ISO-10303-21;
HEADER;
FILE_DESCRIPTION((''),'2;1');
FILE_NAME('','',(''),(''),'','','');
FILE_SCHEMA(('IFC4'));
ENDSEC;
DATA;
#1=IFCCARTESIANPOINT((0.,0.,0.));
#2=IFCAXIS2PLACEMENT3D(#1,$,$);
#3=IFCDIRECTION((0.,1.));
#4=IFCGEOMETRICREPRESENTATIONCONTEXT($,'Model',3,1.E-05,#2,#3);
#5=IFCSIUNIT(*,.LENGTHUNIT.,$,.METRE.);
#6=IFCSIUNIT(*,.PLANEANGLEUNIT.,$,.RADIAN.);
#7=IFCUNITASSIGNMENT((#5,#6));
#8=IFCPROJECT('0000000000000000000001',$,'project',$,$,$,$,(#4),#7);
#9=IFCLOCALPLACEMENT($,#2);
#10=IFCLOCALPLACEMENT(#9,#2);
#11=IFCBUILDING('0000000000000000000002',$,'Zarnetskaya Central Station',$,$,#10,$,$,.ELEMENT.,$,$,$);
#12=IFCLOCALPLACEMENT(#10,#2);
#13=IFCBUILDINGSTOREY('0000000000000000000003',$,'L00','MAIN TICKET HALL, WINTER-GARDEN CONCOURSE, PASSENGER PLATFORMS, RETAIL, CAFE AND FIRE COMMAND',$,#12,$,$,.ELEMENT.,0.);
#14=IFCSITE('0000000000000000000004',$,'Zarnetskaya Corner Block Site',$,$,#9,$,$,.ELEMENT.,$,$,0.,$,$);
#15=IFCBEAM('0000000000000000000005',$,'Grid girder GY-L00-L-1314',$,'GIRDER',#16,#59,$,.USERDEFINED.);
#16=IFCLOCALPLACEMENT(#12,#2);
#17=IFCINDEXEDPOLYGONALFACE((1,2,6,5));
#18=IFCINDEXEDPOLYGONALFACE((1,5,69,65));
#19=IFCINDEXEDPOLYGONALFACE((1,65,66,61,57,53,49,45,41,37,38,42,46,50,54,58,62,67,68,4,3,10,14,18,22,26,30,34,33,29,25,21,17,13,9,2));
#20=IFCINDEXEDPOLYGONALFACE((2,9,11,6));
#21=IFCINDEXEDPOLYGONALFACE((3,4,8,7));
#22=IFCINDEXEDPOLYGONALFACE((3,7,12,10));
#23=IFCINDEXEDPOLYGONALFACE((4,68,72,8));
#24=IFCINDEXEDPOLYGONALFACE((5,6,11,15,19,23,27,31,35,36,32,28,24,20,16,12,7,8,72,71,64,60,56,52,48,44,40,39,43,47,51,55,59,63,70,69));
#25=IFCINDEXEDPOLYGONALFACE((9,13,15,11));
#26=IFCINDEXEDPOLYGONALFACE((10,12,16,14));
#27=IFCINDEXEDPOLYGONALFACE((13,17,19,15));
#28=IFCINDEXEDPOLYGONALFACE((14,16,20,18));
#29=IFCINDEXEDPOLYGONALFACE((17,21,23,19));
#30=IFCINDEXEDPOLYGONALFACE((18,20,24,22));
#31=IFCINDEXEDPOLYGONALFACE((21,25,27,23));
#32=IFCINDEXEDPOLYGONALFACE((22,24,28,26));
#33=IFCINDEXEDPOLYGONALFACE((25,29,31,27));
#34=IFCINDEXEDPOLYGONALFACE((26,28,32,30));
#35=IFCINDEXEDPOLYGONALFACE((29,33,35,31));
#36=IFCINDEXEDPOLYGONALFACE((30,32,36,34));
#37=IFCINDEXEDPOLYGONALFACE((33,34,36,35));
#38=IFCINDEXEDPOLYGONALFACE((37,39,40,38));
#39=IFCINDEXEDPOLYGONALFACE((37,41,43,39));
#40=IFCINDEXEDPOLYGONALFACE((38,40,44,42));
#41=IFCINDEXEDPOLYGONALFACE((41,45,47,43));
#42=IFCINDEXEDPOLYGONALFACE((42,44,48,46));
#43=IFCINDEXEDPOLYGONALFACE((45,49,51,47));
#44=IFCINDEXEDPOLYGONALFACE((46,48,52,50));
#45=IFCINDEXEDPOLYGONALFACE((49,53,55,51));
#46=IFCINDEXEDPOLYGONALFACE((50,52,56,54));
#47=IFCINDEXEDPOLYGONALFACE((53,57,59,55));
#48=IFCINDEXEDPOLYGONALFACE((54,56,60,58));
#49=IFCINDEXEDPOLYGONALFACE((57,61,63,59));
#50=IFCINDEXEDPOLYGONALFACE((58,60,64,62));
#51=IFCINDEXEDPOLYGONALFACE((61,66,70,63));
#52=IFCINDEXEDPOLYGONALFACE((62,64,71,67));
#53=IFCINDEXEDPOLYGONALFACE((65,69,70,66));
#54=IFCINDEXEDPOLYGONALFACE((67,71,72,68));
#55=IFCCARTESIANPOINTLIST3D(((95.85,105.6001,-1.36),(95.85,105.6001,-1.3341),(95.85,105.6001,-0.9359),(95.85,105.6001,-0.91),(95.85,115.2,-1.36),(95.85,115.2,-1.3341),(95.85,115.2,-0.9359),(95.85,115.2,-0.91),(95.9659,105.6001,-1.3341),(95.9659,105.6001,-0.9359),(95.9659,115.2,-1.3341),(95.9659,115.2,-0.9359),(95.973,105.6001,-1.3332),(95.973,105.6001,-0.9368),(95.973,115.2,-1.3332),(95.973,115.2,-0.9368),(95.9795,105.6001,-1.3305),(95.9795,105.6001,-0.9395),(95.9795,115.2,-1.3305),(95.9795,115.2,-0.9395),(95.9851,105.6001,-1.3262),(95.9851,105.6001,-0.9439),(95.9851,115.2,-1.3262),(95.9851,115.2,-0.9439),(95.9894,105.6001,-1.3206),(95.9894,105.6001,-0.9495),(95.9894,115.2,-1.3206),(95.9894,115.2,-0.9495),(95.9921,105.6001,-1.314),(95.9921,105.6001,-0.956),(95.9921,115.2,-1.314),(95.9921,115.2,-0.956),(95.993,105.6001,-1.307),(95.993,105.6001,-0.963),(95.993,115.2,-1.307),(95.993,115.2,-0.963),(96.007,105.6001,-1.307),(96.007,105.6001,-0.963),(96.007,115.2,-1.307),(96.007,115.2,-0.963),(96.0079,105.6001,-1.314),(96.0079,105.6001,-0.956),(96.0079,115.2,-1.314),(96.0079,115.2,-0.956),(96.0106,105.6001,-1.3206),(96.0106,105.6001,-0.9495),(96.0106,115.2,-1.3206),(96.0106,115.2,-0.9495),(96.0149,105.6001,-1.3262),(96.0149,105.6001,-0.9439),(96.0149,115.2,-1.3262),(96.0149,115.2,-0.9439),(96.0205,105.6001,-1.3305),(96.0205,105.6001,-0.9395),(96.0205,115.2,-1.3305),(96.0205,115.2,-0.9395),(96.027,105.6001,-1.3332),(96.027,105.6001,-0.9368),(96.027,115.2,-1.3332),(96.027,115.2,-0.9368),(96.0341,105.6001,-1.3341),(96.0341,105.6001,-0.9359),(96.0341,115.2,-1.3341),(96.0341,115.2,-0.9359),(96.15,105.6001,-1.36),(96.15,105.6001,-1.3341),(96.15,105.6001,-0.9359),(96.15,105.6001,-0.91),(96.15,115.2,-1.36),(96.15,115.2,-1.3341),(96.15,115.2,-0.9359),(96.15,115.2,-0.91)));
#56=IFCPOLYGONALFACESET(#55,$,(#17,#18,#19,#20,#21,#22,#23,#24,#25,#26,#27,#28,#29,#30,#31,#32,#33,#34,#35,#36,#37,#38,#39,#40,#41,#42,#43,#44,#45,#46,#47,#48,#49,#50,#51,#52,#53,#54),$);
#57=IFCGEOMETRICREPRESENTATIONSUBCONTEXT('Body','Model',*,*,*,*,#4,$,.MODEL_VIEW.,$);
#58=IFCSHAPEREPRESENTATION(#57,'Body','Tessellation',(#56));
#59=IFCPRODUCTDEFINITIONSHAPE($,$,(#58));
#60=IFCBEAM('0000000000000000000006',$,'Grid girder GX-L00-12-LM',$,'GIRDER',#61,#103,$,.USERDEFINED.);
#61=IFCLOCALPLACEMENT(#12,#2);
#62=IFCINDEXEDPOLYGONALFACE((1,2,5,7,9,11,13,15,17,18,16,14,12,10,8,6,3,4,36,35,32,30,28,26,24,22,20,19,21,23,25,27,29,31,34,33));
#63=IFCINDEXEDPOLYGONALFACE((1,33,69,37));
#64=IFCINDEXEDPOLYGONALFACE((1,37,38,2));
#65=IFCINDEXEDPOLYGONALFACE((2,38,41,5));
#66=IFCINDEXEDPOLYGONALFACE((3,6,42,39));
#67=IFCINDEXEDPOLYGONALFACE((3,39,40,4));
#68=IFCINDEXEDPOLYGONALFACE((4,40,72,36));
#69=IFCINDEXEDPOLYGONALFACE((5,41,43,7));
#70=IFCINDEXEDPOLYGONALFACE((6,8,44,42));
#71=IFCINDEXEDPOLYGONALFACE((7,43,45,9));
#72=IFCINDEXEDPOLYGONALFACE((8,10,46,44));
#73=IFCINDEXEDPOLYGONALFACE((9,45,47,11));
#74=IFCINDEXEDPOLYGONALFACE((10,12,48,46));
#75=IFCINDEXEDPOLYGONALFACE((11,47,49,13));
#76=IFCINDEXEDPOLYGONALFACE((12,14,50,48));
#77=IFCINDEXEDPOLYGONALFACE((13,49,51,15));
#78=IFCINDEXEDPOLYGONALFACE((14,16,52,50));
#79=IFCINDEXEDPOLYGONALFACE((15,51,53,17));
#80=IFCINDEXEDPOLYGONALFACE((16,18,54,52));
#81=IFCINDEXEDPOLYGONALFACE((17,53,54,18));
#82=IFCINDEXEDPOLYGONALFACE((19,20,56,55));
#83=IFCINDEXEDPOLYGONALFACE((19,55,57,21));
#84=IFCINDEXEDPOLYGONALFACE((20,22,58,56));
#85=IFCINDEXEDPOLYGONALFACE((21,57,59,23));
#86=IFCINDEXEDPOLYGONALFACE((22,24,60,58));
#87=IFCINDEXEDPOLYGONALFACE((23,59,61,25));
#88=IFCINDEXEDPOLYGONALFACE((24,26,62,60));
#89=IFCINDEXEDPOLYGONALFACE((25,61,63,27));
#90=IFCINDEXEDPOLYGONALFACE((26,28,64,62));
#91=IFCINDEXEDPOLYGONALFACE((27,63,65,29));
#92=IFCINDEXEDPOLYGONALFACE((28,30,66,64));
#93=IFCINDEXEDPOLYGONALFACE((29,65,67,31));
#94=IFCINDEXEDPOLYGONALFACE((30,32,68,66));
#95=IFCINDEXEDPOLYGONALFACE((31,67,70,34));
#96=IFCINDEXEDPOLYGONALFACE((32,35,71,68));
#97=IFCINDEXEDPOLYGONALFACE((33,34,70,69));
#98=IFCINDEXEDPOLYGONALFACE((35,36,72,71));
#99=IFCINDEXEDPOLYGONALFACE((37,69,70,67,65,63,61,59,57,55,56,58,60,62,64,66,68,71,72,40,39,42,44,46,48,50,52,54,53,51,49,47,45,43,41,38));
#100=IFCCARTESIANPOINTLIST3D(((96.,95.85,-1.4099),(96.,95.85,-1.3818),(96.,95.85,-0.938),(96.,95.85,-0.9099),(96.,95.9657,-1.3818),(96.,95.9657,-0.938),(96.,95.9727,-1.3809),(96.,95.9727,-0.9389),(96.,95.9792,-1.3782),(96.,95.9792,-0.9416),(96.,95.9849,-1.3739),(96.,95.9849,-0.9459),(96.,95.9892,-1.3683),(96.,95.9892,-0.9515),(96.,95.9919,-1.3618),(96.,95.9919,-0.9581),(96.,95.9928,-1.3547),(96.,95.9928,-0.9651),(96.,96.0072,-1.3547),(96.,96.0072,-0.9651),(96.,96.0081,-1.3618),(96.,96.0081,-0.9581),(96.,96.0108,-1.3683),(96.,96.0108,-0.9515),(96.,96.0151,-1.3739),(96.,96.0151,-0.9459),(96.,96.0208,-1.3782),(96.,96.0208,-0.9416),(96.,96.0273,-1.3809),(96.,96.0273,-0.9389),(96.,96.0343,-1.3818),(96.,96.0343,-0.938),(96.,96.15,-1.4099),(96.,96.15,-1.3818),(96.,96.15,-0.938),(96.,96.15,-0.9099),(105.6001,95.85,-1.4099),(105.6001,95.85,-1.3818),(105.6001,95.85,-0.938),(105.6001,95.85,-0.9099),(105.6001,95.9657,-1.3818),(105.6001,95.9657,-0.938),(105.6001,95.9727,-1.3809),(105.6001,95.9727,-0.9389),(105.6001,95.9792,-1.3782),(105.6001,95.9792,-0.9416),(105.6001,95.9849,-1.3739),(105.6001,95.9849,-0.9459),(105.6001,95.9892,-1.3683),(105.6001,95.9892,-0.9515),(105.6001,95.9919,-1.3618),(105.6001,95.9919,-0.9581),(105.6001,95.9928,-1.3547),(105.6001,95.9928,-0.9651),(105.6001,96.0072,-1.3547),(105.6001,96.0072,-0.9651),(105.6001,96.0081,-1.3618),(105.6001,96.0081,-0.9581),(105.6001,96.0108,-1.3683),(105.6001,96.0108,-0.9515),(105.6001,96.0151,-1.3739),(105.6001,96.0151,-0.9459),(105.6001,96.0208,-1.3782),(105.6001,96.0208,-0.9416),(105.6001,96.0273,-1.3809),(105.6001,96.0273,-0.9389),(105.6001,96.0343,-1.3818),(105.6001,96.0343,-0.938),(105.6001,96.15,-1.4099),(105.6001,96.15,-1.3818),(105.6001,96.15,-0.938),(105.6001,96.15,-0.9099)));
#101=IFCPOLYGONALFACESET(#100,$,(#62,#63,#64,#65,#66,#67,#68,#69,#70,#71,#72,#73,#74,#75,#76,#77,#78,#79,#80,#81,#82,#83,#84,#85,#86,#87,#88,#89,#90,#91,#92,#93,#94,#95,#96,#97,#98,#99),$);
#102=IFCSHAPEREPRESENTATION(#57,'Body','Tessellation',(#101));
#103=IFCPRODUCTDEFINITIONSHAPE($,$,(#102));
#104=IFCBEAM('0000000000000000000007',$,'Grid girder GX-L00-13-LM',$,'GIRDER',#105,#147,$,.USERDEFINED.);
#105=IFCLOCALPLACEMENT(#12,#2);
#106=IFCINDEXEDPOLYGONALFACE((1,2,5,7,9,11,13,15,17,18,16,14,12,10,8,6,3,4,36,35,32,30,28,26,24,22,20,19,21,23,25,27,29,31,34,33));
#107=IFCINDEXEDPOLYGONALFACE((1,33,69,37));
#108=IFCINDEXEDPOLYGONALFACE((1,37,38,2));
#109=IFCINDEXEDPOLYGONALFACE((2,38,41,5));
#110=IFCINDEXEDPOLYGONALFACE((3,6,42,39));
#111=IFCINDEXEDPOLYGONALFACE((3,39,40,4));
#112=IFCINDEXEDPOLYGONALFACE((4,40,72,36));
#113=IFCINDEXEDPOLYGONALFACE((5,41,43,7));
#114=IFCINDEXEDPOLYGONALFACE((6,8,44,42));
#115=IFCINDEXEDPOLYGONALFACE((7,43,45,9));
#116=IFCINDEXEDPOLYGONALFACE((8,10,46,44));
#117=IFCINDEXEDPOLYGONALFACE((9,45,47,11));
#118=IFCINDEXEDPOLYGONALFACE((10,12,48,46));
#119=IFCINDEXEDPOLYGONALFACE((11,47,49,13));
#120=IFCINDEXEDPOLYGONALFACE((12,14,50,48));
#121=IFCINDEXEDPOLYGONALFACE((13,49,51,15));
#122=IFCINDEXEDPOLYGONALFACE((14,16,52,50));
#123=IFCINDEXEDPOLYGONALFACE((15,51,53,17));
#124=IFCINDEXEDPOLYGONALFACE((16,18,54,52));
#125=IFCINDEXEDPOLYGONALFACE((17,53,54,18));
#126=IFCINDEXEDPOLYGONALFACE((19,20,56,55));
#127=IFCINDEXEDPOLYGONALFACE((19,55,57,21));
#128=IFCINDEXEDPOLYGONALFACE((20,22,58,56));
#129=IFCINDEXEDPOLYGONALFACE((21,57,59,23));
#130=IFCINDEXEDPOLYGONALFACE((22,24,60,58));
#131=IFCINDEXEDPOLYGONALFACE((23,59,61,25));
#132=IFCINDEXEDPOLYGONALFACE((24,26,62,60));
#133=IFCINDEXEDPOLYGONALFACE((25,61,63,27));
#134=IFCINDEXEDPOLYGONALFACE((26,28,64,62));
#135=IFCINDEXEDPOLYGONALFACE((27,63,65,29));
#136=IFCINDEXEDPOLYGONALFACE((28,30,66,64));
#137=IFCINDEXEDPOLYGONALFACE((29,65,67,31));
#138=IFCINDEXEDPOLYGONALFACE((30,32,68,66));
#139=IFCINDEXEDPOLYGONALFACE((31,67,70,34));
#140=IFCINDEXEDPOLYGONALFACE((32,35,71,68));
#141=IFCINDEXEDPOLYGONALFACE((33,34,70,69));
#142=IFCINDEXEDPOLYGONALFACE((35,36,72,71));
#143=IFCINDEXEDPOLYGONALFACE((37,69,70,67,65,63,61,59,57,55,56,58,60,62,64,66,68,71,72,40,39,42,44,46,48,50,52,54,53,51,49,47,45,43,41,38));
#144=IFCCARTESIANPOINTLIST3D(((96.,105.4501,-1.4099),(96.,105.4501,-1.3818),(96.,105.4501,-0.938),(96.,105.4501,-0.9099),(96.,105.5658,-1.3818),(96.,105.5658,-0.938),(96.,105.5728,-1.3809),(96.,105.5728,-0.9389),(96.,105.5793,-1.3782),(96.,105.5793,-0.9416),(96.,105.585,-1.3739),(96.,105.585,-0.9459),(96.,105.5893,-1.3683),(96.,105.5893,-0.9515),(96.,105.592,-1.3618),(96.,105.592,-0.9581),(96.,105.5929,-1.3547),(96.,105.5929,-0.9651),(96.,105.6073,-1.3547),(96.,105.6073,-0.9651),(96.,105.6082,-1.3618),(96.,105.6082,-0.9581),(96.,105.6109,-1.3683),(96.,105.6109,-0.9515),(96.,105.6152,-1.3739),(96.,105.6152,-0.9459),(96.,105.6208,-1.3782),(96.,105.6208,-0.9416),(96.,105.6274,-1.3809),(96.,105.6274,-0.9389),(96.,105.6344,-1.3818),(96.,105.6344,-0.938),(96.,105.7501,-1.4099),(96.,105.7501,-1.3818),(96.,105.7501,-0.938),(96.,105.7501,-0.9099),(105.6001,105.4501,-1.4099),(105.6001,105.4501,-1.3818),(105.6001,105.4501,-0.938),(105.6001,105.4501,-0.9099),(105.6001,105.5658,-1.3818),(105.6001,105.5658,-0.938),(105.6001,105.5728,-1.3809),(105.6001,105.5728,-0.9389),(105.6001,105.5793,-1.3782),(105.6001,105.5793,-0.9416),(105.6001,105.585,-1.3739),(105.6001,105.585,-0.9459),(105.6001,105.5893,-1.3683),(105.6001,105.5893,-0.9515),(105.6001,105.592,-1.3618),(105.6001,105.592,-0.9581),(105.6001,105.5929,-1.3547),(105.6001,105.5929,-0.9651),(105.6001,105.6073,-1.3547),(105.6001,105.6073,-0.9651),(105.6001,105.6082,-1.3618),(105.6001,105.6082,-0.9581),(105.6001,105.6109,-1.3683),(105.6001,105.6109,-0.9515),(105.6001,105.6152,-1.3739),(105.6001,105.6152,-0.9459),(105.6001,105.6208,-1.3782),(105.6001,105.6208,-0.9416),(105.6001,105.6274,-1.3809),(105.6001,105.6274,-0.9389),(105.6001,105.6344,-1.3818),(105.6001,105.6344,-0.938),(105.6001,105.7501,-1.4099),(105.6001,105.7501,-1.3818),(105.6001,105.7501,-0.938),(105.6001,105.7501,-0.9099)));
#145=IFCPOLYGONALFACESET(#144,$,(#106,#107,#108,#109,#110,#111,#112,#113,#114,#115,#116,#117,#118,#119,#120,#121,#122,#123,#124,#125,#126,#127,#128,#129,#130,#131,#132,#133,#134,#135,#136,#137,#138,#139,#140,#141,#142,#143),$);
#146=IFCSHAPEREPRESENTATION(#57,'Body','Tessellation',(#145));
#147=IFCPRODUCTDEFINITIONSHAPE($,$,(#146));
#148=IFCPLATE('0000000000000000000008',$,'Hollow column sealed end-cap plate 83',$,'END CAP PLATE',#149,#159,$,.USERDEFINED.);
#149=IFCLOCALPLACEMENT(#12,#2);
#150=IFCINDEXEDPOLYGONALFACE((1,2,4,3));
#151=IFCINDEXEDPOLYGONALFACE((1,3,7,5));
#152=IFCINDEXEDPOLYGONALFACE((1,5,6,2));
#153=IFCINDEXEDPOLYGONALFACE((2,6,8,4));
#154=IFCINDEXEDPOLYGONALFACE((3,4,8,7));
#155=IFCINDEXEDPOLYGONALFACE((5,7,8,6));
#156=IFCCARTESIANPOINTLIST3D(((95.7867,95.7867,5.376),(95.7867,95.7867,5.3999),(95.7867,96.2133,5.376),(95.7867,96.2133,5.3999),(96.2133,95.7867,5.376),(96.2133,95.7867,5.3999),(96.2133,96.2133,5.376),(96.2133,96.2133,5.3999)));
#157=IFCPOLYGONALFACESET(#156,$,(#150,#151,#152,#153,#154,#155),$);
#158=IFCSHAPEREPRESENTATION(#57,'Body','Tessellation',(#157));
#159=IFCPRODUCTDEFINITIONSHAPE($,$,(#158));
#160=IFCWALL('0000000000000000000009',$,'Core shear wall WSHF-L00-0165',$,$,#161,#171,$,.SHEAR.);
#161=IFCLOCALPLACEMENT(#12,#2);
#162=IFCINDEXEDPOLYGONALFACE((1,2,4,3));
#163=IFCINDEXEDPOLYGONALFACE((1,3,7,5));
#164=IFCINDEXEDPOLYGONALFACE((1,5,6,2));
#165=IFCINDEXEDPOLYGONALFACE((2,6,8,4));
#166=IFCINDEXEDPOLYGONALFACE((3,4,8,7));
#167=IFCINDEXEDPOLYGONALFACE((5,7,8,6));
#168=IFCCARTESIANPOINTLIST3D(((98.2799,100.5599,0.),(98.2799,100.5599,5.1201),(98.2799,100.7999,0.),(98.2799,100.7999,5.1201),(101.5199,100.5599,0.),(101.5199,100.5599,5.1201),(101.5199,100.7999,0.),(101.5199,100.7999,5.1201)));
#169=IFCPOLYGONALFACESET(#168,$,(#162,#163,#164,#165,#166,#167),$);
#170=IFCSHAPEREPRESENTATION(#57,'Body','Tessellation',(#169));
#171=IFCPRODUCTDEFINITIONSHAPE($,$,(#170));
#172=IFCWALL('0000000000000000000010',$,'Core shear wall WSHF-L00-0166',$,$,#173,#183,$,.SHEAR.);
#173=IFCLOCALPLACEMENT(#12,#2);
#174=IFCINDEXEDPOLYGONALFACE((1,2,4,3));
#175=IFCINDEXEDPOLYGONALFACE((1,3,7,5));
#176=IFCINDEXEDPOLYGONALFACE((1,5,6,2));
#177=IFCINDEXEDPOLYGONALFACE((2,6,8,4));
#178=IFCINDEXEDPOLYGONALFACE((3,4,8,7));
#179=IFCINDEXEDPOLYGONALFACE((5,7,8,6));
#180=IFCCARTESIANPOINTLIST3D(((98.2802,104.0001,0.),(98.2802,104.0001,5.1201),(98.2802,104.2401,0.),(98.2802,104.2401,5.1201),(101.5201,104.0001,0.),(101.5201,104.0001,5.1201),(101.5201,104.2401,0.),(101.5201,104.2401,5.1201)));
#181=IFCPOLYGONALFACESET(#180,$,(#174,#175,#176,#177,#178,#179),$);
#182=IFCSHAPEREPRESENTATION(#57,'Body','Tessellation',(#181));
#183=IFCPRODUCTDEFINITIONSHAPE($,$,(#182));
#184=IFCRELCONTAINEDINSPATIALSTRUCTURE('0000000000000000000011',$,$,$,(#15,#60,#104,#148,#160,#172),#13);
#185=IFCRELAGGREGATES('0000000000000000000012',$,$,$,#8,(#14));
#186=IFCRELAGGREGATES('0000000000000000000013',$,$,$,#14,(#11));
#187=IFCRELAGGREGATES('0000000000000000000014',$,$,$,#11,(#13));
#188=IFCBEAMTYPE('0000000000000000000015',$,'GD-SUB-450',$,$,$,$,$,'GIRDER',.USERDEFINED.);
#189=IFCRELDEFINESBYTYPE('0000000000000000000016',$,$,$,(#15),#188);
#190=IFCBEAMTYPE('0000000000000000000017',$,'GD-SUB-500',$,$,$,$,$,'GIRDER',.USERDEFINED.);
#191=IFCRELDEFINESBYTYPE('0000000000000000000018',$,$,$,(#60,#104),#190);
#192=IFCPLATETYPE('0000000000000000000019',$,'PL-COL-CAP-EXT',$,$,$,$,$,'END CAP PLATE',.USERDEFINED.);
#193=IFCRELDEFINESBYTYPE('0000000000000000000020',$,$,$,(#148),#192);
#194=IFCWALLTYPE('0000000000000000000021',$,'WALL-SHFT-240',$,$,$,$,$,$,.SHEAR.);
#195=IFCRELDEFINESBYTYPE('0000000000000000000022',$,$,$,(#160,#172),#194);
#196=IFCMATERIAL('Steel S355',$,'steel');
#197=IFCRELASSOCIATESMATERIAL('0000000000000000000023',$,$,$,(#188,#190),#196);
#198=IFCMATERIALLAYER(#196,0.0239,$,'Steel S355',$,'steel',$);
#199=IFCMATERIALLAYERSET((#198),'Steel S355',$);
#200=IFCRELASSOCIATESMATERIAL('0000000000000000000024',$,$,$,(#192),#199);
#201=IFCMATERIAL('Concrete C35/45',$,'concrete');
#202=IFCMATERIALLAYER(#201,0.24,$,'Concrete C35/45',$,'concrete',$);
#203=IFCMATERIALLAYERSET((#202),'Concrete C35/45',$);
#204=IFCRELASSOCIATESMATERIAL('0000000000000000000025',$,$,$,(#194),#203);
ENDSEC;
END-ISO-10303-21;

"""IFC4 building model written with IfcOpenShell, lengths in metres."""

from ifc_helpers import new_model, si_unit, direction, frame, frame_2d, origin, origin_2d, place, context, subcontext, project, spatial, rectangle, i_section, extrude, material, layer, layer_set, material_profile, profile_set, type_object, element, save


model = new_model("IFC4")

# Units and contexts
model_context = context("Model", 3, precision=1e-05, world=origin(), true_north=direction((0.0, 1.0)))
body_context = subcontext(model_context, "Body", "Model", "MODEL_VIEW")
ifc_project = project(units=[si_unit("LENGTHUNIT", "METRE"), si_unit("PLANEANGLEUNIT", "RADIAN")], contexts=[model_context])

# Site, building, storey
site_placement = place(None, origin())
site = spatial("IfcSite", under=ifc_project, at=site_placement, Name="Zarnetskaya Corner Block Site", CompositionType="ELEMENT", RefElevation=0.0)
building_placement = place(site_placement, origin())
building = spatial("IfcBuilding", under=site, at=building_placement, Name="Zarnetskaya Central Station", CompositionType="ELEMENT")
storey_placement = place(building_placement, origin())
storey = spatial("IfcBuildingStorey", under=building, at=storey_placement, Name="L00", Description="MAIN TICKET HALL, WINTER-GARDEN CONCOURSE, PASSENGER PLATFORMS, RETAIL, CAFE AND FIRE COMMAND", CompositionType="ELEMENT", Elevation=0.0)

# Shared definitions
ifc_material_1 = material(Name="Steel S355", Category="steel")

# Beams
ifc_material_profile_1 = material_profile(ifc_material_1, i_section(OverallWidth=0.3, OverallDepth=0.45, WebThickness=0.0139, FlangeThickness=0.0259, FilletRadius=0.0271, at=origin_2d()), Name="HEB 450")
ifc_profile_set_1 = profile_set([ifc_material_profile_1], Name="Steel S355")
beam_type_1 = type_object("IfcBeamType", Name="GD-SUB-450", ElementType="GIRDER", PredefinedType="USERDEFINED", material=ifc_profile_set_1)
beam_1_placement = place(storey_placement, frame((96.0, 105.6001, -1.135), z_axis=(0.0, 1.0, 0.0), x_axis=(-1.0, 0.0, 0.0)))
element("IfcBeam", 1, at=beam_1_placement, inside=storey, type_object=beam_type_1, Name="Grid girder GY-L00-L-1314", ObjectType="GIRDER", PredefinedType="USERDEFINED", context=body_context, shape_type="SweptSolid", body=[
    extrude(i_section(OverallWidth=0.3, OverallDepth=0.45, WebThickness=0.0139, FlangeThickness=0.0259, FilletRadius=0.0271, at=origin_2d()), origin(), (0.0, 0.0, 1.0), 9.5999),
])
ifc_material_profile_2 = material_profile(ifc_material_1, i_section(OverallWidth=0.3, OverallDepth=0.5, WebThickness=0.0144, FlangeThickness=0.0281, FilletRadius=0.0271, at=origin_2d()), Name="HEB 500")
ifc_profile_set_2 = profile_set([ifc_material_profile_2], Name="Steel S355")
beam_type_2 = type_object("IfcBeamType", Name="GD-SUB-500", ElementType="GIRDER", PredefinedType="USERDEFINED", material=ifc_profile_set_2)
for number, where, z_axis, x_axis, name in (
    (2, (96.0, 96.0, -1.1599), (1.0, 0.0, 0.0), (0.0, 1.0, 0.0), "Grid girder GX-L00-12-LM"),
    (3, (96.0, 105.6001, -1.1599), (1.0, 0.0, 0.0), (0.0, 1.0, 0.0), "Grid girder GX-L00-13-LM"),
):
    element("IfcBeam", number, at=place(storey_placement, frame(where, z_axis=z_axis, x_axis=x_axis)), inside=storey, type_object=beam_type_2, Name=name, ObjectType="GIRDER", PredefinedType="USERDEFINED", context=body_context, shape_type="SweptSolid", body=[
        extrude(i_section(OverallWidth=0.3, OverallDepth=0.5, WebThickness=0.0144, FlangeThickness=0.0281, FilletRadius=0.0271, at=origin_2d()), origin(), (0.0, 0.0, 1.0), 9.6001),
    ])

# Plate
ifc_layer_1 = layer(ifc_material_1, 0.0239, Name="Steel S355", Category="steel")
ifc_layer_set_1 = layer_set([ifc_layer_1], Name="Steel S355")
plate_type = type_object("IfcPlateType", Name="PL-COL-CAP-EXT", ElementType="END CAP PLATE", PredefinedType="USERDEFINED", material=ifc_layer_set_1)
plate_placement = place(storey_placement, frame((96.0, 96.0, 5.376), z_axis=(0.0, 0.0, 1.0), x_axis=(1.0, 0.0, 0.0)))
element("IfcPlate", 4, at=plate_placement, inside=storey, type_object=plate_type, Name="Hollow column sealed end-cap plate 83", ObjectType="END CAP PLATE", PredefinedType="USERDEFINED", context=body_context, shape_type="SweptSolid", body=[
    extrude(rectangle(XDim=0.4265, YDim=0.4265, at=origin_2d()), origin(), (0.0, 0.0, 1.0), 0.0239),
])

# Walls
ifc_material_2 = material(Name="Concrete C35/45", Category="concrete")
ifc_layer_2 = layer(ifc_material_2, 0.24, Name="Concrete C35/45", Category="concrete")
ifc_layer_set_2 = layer_set([ifc_layer_2], Name="Concrete C35/45")
wall_type = type_object("IfcWallType", Name="WALL-SHFT-240", PredefinedType="SHEAR", material=ifc_layer_set_2)
for number, where, z_axis, x_axis, name in (
    (5, (101.52, 100.6799, 0.0), (0.0, 0.0, 1.0), (-1.0, 0.0, 0.0), "Core shear wall WSHF-L00-0165"),
    (6, (98.28, 104.1201, 0.0), (0.0, 0.0, 1.0), (1.0, 0.0, 0.0), "Core shear wall WSHF-L00-0166"),
):
    element("IfcWall", number, at=place(storey_placement, frame(where, z_axis=z_axis, x_axis=x_axis)), inside=storey, type_object=wall_type, Name=name, PredefinedType="SHEAR", context=body_context, shape_type="SweptSolid", body=[
        extrude(rectangle(XDim=3.24, YDim=0.24, at=frame_2d((1.6201, 0.0))), origin(), (0.0, 0.0, 1.0), 5.1201),
    ])

save(model, "model.ifc")
